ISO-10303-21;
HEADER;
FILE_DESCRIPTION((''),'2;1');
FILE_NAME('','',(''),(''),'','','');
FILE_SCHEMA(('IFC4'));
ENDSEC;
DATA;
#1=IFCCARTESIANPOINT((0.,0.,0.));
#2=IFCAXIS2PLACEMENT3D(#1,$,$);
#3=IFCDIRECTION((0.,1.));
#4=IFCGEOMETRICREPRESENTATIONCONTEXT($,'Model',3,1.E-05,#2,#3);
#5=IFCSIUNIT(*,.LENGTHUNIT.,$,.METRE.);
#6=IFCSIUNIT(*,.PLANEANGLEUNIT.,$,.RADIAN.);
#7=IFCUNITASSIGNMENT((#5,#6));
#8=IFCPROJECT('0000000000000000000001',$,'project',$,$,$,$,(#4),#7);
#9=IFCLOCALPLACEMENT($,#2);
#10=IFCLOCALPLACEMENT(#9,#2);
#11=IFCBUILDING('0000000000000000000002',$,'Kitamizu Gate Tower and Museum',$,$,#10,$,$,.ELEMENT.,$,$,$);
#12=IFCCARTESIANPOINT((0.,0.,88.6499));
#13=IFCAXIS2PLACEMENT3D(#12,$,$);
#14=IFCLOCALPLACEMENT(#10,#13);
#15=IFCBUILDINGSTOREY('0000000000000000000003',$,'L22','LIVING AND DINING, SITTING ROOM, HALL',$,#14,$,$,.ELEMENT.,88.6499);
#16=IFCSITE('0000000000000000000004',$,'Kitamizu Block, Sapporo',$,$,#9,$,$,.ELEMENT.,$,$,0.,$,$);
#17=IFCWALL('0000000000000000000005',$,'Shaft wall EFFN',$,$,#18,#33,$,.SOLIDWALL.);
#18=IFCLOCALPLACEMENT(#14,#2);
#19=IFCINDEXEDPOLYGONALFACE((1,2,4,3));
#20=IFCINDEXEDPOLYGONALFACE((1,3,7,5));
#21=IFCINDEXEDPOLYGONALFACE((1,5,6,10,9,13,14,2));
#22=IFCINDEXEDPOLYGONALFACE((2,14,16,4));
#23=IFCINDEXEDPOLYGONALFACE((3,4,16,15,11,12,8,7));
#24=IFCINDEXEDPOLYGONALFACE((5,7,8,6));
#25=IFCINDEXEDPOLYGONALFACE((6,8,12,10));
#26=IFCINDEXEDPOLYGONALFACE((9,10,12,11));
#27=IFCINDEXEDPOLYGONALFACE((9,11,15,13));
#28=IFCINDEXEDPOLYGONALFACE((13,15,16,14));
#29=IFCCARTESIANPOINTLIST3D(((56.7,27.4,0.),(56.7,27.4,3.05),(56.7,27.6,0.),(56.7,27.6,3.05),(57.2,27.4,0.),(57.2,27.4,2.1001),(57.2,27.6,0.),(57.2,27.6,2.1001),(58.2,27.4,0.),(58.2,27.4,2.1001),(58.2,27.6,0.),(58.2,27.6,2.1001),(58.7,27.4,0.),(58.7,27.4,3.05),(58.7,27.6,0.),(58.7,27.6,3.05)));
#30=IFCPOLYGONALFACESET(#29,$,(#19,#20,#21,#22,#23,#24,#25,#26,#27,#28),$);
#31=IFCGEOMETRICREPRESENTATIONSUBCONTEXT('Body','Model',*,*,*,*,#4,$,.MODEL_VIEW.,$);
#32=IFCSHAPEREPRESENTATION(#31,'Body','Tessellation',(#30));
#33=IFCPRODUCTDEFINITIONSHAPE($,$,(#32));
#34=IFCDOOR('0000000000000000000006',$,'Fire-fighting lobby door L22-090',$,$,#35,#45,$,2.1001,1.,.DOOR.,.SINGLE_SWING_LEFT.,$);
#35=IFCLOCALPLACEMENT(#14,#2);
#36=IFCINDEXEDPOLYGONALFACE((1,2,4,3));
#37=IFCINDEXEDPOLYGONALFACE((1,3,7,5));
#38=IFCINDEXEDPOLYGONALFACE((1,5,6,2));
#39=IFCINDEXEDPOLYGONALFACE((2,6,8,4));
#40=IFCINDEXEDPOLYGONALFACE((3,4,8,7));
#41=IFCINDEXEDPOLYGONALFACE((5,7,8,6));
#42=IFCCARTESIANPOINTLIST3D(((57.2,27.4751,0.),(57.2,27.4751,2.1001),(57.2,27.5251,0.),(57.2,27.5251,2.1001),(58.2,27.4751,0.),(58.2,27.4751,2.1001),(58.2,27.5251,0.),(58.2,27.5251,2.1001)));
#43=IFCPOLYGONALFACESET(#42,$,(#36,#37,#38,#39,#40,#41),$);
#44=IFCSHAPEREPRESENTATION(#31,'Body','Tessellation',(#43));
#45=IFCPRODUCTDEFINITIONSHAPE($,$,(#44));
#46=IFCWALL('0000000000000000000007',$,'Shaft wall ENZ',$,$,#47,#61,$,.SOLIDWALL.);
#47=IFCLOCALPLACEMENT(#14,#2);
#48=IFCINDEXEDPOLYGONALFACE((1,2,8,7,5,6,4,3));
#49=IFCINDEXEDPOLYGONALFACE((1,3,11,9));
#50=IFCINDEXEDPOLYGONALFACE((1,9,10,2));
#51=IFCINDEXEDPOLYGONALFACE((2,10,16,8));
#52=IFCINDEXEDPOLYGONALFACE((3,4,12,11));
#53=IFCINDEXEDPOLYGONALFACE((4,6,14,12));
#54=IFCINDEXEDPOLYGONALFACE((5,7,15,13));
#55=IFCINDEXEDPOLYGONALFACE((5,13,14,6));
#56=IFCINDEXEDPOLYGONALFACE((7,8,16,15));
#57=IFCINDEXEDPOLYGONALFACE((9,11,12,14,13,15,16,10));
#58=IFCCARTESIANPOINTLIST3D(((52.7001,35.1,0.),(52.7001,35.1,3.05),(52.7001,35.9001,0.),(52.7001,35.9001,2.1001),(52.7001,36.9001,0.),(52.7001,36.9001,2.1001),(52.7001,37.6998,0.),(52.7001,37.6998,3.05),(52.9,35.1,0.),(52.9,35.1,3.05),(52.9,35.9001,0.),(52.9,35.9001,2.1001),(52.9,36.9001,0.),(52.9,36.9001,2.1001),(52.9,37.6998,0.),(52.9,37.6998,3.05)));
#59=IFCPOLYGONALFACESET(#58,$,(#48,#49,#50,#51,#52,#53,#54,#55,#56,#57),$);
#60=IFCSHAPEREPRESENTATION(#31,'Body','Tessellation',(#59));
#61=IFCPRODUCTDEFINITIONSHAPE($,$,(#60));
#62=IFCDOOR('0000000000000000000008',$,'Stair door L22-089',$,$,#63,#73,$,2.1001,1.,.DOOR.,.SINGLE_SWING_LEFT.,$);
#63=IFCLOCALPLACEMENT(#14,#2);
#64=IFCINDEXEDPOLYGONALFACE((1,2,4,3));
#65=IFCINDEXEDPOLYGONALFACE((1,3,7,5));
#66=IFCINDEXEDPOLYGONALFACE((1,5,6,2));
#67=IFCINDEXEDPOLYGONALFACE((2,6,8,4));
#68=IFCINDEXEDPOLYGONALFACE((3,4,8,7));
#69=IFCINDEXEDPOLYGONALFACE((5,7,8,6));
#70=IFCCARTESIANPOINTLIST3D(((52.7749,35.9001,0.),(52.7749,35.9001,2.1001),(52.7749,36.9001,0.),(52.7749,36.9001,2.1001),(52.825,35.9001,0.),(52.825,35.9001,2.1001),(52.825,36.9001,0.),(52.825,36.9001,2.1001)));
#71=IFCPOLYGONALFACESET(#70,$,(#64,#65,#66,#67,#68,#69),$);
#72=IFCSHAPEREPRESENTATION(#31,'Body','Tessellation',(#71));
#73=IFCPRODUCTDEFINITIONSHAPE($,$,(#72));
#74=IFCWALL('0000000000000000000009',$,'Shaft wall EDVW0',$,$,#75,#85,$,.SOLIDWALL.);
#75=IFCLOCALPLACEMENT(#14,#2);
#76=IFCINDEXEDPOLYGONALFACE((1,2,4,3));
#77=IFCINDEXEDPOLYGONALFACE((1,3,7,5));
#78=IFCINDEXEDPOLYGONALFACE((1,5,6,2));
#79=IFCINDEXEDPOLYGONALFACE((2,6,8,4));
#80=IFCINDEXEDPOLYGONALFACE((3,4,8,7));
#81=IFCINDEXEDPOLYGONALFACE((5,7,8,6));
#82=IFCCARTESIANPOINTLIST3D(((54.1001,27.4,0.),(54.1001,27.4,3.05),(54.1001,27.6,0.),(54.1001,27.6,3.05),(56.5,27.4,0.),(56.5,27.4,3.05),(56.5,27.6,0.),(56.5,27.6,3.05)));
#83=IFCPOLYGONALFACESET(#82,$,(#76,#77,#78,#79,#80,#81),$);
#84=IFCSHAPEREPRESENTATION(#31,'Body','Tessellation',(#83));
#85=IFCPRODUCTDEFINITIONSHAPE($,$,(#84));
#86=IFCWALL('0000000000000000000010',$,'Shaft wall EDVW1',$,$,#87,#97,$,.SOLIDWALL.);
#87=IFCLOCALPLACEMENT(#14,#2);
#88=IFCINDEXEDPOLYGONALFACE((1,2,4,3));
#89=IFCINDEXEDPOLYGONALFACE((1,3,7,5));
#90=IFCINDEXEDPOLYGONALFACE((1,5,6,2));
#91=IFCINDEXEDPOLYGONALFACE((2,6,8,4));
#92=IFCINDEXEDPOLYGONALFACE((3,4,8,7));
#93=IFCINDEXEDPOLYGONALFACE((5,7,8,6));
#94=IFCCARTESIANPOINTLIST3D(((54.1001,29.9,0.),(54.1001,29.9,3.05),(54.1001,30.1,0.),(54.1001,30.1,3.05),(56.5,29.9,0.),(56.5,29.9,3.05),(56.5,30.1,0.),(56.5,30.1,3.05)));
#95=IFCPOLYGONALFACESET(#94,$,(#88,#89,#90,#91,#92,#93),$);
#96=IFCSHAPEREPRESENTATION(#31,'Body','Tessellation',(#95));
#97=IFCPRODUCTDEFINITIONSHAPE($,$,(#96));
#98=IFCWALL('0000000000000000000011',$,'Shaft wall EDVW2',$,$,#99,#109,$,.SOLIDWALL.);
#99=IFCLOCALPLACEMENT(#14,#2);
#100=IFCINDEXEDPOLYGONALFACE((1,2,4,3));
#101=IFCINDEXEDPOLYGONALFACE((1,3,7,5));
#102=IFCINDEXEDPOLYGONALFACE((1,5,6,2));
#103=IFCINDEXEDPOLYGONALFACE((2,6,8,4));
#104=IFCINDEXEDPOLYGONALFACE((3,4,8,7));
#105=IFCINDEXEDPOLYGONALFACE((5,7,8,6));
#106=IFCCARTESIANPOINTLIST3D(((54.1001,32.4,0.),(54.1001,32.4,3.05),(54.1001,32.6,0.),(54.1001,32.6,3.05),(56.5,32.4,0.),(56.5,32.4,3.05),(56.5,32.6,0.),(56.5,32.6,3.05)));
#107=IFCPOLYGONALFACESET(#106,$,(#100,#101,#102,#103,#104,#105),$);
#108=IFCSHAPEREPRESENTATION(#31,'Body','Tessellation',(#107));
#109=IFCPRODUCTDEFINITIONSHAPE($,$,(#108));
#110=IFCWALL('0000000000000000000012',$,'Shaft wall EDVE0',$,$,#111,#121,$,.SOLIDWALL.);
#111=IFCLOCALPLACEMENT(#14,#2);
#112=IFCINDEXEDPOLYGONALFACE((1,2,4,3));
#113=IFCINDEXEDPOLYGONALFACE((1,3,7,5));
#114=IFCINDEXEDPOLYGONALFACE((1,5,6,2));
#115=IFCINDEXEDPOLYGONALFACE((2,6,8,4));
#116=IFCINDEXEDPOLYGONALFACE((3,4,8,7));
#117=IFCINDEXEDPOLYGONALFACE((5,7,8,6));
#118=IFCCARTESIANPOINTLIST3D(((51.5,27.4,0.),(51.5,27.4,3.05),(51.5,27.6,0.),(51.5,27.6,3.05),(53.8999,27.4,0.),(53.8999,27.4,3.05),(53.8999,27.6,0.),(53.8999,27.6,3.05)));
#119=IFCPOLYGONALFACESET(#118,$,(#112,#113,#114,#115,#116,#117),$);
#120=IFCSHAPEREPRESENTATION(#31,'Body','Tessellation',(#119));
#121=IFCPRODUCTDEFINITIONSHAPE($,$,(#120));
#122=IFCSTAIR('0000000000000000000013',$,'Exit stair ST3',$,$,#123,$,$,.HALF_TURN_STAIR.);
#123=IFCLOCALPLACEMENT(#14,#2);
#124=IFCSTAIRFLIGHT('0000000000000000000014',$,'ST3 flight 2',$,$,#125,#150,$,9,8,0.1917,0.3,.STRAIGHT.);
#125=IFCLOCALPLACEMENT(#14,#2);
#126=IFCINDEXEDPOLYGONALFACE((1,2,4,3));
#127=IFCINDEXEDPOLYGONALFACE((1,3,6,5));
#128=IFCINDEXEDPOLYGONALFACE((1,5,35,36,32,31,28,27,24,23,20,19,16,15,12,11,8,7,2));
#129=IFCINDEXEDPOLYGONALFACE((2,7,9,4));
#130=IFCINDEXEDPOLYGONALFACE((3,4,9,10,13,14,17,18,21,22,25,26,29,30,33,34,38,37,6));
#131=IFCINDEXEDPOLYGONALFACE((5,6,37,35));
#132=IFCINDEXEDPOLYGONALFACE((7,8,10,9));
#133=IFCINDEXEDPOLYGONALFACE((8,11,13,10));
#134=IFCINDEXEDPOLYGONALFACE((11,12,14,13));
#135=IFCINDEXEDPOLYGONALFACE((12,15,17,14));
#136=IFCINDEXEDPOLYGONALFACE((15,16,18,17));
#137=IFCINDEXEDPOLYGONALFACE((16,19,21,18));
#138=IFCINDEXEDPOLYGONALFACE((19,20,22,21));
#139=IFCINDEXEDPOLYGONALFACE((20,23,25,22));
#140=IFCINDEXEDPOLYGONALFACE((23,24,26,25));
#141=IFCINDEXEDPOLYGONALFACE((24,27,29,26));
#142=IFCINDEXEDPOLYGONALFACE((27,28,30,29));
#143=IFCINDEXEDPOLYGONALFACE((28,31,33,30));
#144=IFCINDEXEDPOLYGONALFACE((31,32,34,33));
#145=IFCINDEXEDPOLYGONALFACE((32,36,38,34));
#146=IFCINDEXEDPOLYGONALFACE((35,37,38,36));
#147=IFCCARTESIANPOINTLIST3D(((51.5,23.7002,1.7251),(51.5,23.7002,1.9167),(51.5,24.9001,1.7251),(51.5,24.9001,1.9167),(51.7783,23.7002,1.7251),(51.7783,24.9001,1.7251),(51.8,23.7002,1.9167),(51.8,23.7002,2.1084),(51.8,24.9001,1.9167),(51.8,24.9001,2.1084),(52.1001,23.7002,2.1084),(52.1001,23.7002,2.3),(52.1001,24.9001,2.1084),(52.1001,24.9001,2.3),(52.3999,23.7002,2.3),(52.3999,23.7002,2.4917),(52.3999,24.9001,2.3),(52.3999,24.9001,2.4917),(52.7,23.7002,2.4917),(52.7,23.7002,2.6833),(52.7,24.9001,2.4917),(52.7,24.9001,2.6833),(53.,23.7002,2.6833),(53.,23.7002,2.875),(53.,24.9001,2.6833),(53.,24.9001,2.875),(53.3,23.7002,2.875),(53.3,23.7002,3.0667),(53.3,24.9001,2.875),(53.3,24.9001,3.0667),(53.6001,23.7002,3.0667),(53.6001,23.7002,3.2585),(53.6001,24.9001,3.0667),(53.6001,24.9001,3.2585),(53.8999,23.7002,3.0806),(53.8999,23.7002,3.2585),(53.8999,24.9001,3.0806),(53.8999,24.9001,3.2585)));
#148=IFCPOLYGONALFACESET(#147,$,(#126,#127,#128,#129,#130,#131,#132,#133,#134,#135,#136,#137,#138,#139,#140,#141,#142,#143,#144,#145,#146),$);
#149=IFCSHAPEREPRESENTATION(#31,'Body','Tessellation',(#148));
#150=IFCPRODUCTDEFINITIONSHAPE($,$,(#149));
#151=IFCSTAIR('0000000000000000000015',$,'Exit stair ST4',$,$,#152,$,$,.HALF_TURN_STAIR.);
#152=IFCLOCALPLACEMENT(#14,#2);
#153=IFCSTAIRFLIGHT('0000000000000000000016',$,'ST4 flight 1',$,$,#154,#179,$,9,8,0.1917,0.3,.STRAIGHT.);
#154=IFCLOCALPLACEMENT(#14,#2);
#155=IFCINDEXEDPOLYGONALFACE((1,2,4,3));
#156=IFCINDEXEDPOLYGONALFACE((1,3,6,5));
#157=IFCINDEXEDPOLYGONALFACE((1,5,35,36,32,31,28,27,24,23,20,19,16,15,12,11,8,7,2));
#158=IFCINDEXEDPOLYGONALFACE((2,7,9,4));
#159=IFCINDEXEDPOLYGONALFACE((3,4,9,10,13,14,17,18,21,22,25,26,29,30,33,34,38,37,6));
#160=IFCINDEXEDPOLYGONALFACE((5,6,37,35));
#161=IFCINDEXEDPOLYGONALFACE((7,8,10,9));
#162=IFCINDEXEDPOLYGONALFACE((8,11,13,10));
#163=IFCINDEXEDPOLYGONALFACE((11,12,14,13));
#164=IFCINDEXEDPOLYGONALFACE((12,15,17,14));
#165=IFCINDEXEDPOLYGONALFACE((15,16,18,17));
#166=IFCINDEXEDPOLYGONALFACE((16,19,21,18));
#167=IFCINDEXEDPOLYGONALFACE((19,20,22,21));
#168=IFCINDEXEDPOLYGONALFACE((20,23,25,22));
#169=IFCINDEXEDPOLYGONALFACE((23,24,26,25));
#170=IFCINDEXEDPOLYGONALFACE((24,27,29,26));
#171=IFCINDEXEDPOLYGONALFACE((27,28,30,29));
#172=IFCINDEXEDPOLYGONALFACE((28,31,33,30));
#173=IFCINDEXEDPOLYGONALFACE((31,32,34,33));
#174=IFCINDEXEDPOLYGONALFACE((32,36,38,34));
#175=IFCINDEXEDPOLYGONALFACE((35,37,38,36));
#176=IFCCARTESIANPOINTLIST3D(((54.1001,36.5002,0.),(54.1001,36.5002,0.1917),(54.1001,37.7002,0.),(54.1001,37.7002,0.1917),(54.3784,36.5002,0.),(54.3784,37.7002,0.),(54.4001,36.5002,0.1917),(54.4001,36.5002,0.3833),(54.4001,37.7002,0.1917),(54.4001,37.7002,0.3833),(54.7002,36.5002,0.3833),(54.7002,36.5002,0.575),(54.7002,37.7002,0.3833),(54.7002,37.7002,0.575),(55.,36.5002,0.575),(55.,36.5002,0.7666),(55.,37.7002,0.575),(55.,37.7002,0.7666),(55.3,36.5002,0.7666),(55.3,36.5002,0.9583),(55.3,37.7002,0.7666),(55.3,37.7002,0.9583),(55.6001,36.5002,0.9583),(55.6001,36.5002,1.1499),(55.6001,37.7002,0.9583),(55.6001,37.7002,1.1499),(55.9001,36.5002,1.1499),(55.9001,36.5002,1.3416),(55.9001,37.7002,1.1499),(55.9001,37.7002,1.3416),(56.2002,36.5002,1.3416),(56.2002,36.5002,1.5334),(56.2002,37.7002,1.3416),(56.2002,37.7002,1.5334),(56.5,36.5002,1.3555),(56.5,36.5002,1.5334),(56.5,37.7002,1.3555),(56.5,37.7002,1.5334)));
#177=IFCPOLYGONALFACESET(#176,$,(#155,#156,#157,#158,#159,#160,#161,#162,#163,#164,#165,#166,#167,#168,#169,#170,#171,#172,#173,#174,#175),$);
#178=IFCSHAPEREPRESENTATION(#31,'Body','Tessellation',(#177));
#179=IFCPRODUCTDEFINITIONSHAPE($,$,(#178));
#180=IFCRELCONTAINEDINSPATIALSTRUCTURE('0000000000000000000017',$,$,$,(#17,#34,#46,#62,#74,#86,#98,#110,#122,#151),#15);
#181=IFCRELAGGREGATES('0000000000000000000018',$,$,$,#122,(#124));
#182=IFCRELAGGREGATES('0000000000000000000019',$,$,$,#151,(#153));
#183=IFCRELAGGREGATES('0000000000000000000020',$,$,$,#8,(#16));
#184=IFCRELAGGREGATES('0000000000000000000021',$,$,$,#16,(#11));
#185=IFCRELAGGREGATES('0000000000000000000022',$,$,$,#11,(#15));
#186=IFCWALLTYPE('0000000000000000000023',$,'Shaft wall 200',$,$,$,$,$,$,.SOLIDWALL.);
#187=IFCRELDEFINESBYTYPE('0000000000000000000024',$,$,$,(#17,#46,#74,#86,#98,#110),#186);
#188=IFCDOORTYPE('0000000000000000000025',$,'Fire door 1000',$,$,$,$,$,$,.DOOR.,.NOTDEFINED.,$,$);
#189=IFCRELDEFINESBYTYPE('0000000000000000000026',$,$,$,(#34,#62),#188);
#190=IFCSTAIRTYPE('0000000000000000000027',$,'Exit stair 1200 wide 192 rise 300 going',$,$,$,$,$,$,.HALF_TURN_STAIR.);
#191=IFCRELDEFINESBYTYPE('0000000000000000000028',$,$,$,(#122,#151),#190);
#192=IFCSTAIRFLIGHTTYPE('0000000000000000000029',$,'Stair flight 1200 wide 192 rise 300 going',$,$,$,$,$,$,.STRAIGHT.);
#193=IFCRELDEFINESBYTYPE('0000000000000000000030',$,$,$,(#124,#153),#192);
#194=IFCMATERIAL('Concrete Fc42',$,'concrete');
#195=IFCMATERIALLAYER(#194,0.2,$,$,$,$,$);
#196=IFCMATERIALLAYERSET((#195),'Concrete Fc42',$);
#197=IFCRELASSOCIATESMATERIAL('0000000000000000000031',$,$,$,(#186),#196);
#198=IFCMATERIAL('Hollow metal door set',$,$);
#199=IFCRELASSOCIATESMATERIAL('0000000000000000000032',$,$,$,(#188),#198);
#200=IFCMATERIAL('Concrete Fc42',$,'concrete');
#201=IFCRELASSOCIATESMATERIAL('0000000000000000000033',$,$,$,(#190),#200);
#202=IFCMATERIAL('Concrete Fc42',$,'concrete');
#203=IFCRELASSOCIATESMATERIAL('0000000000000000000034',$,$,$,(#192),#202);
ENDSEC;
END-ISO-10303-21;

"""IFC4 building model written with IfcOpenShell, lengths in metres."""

from ifc_helpers import new_model, si_unit, direction, frame, frame_2d, origin, place, context, subcontext, project, spatial, polyline, rectangle, outline, extrude, material, layer, layer_set, type_object, element, fill, aggregate, save


model = new_model("IFC4")

# Units and contexts
model_context = context("Model", 3, precision=1e-05, world=origin(), true_north=direction((0.0, 1.0)))
body_context = subcontext(model_context, "Body", "Model", "MODEL_VIEW")
ifc_project = project(units=[si_unit("LENGTHUNIT", "METRE"), si_unit("PLANEANGLEUNIT", "RADIAN")], contexts=[model_context])

# Site, building, storey
site_placement = place(None, origin())
site = spatial("IfcSite", under=ifc_project, at=site_placement, Name="Kitamizu Block, Sapporo", CompositionType="ELEMENT", RefElevation=0.0)
building_placement = place(site_placement, origin())
building = spatial("IfcBuilding", under=site, at=building_placement, Name="Kitamizu Gate Tower and Museum", CompositionType="ELEMENT")
storey_placement = place(building_placement, frame((0.0, 0.0, 88.6499)))
storey = spatial("IfcBuildingStorey", under=building, at=storey_placement, Name="L22", Description="LIVING AND DINING, SITTING ROOM, HALL", CompositionType="ELEMENT", Elevation=88.6499)

# Shared definitions
ifc_material_1 = material(Name="Concrete Fc42", Category="concrete")
ifc_layer_1 = layer(ifc_material_1, 0.2)
ifc_layer_set_1 = layer_set([ifc_layer_1], Name="Concrete Fc42")
wall_type_1 = type_object("IfcWallType", Name="Shaft wall 200", PredefinedType="SOLIDWALL", material=ifc_layer_set_1)
ifc_material_2 = material(Name="Hollow metal door set")
door_type_1 = type_object("IfcDoorType", Name="Fire door 1000", OperationType="NOTDEFINED", PredefinedType="DOOR", material=ifc_material_2)

# Walls, openings, doors
wall_1_placement = place(storey_placement, frame((58.7, 27.5, 0.0), z_axis=(0.0, 0.0, 1.0), x_axis=(-1.0, 0.0, 0.0)))
wall_1 = element("IfcWall", 1, at=wall_1_placement, inside=storey, type_object=wall_type_1, Name="Shaft wall EFFN", PredefinedType="SOLIDWALL", context=body_context, shape_type="SweptSolid", body=[
    extrude(rectangle(XDim=2.0, YDim=0.2, at=frame_2d((1.0, 0.0))), origin(), (0.0, 0.0, 1.0), 3.05),
])
opening_1_placement = place(wall_1_placement, frame((0.5, 0.0, 0.0)))
opening_1 = element("IfcOpeningElement", 2, at=opening_1_placement, cuts=wall_1, PredefinedType="OPENING", context=body_context, shape_type="SweptSolid", body=[
    extrude(rectangle(XDim=1.0, YDim=2.1001, at=frame_2d((0.5, 1.05))), frame((0.0, 0.1099, 0.0), z_axis=(0.0, -1.0, 0.0), x_axis=(1.0, 0.0, 0.0)), (0.0, 0.0, 1.0), 0.22),
])
door_1_placement = place(opening_1_placement, origin())
door_1 = element("IfcDoor", 3, at=door_1_placement, inside=storey, type_object=door_type_1, Name="Fire-fighting lobby door L22-090", OperationType="SINGLE_SWING_LEFT", OverallHeight=2.1001, OverallWidth=1.0, PredefinedType="DOOR", context=body_context, shape_type="SweptSolid", body=[
    extrude(rectangle(XDim=1.0, YDim=2.1001, at=frame_2d((0.5, 1.05))), frame((0.0, 0.0249, 0.0), z_axis=(0.0, -1.0, 0.0), x_axis=(1.0, 0.0, 0.0)), (0.0, 0.0, 1.0), 0.05),
])
fill(opening_1, door_1)
wall_2_placement = place(storey_placement, frame((52.8, 35.1001, 0.0), z_axis=(0.0, 0.0, 1.0), x_axis=(0.0, 1.0, 0.0)))
wall_2 = element("IfcWall", 4, at=wall_2_placement, inside=storey, type_object=wall_type_1, Name="Shaft wall ENZ", PredefinedType="SOLIDWALL", context=body_context, shape_type="SweptSolid", body=[
    extrude(rectangle(XDim=2.5999, YDim=0.2, at=frame_2d((1.2998, 0.0))), origin(), (0.0, 0.0, 1.0), 3.05),
])
opening_2_placement = place(wall_2_placement, frame((0.8, 0.0, 0.0)))
opening_2 = element("IfcOpeningElement", 5, at=opening_2_placement, cuts=wall_2, PredefinedType="OPENING", context=body_context, shape_type="SweptSolid", body=[
    extrude(rectangle(XDim=1.0, YDim=2.1001, at=frame_2d((0.5, 1.05))), frame((0.0, 0.1099, 0.0), z_axis=(0.0, -1.0, 0.0), x_axis=(1.0, 0.0, 0.0)), (0.0, 0.0, 1.0), 0.22),
])
door_2_placement = place(opening_2_placement, frame((1.0, 0.0, 0.0), x_axis=(-1.0, 0.0, 0.0)))
door_2 = element("IfcDoor", 6, at=door_2_placement, inside=storey, type_object=door_type_1, Name="Stair door L22-089", OperationType="SINGLE_SWING_LEFT", OverallHeight=2.1001, OverallWidth=1.0, PredefinedType="DOOR", context=body_context, shape_type="SweptSolid", body=[
    extrude(rectangle(XDim=1.0, YDim=2.1001, at=frame_2d((0.5, 1.05))), frame((0.0, 0.0249, 0.0), z_axis=(0.0, -1.0, 0.0), x_axis=(1.0, 0.0, 0.0)), (0.0, 0.0, 1.0), 0.05),
])
fill(opening_2, door_2)

# Walls
for number, where, z_axis, x_axis, name in (
    (7, (56.5, 27.5, 0.0), (0.0, 0.0, 1.0), (-1.0, 0.0, 0.0), "Shaft wall EDVW0"),
    (8, (56.5, 30.0, 0.0), (0.0, 0.0, 1.0), (-1.0, 0.0, 0.0), "Shaft wall EDVW1"),
    (9, (56.5, 32.5, 0.0), (0.0, 0.0, 1.0), (-1.0, 0.0, 0.0), "Shaft wall EDVW2"),
    (10, (53.8999, 27.5, 0.0), (0.0, 0.0, 1.0), (-1.0, 0.0, 0.0), "Shaft wall EDVE0"),
):
    element("IfcWall", number, at=place(storey_placement, frame(where, z_axis=z_axis, x_axis=x_axis)), inside=storey, type_object=wall_type_1, Name=name, PredefinedType="SOLIDWALL", context=body_context, shape_type="SweptSolid", body=[
        extrude(rectangle(XDim=2.3999, YDim=0.2, at=frame_2d((1.2, 0.0))), origin(), (0.0, 0.0, 1.0), 3.05),
    ])

# Stair, stair flight
ifc_material_3 = material(Name="Concrete Fc42", Category="concrete")
stair_type = type_object("IfcStairType", Name="Exit stair 1200 wide 192 rise 300 going", PredefinedType="HALF_TURN_STAIR", material=ifc_material_3)
stair_1_placement = place(storey_placement, origin())
stair_1 = element("IfcStair", 11, at=stair_1_placement, inside=storey, type_object=stair_type, Name="Exit stair ST3", PredefinedType="HALF_TURN_STAIR")
ifc_material_4 = material(Name="Concrete Fc42", Category="concrete")
stair_flight_type = type_object("IfcStairFlightType", Name="Stair flight 1200 wide 192 rise 300 going", PredefinedType="STRAIGHT", material=ifc_material_4)
stair_flight_1_placement = place(storey_placement, frame((51.5, 24.3, 1.7251), z_axis=(0.0, 0.0, 1.0), x_axis=(1.0, 0.0, 0.0)))
stair_flight_1 = element("IfcStairFlight", 12, at=stair_flight_1_placement, type_object=stair_flight_type, Name="ST3 flight 2", NumberOfRisers=9, NumberOfTreads=8, PredefinedType="STRAIGHT", RiserHeight=0.1917, TreadLength=0.3, context=body_context, shape_type="SweptSolid", body=[
    extrude(outline(polyline([(0.0, 0.0), (0.0, 0.1917), (0.3, 0.1917), (0.3, 0.3833), (0.6001, 0.3833), (0.6001, 0.575), (0.8999, 0.575), (0.8999, 0.7666), (1.2, 0.7666), (1.2, 0.9583), (1.5, 0.9583), (1.5, 1.1499), (1.8, 1.1499), (1.8, 1.3416), (2.1001, 1.3416), (2.1001, 1.5334), (2.3999, 1.5334), (2.3999, 1.7251), (2.3999, 1.3555), (0.2783, 0.0), (0.0, 0.0)])), frame((0.0, 0.6001, 0.0), z_axis=(0.0, -1.0, 0.0), x_axis=(1.0, 0.0, 0.0)), (0.0, 0.0, 1.0), 1.2),
])
aggregate(stair_1, [stair_flight_1])

# Stair, stair flight
stair_2_placement = place(storey_placement, origin())
stair_2 = element("IfcStair", 13, at=stair_2_placement, inside=storey, type_object=stair_type, Name="Exit stair ST4", PredefinedType="HALF_TURN_STAIR")
stair_flight_2_placement = place(storey_placement, frame((54.1001, 37.1001, 0.0), z_axis=(0.0, 0.0, 1.0), x_axis=(1.0, 0.0, 0.0)))
stair_flight_2 = element("IfcStairFlight", 14, at=stair_flight_2_placement, type_object=stair_flight_type, Name="ST4 flight 1", NumberOfRisers=9, NumberOfTreads=8, PredefinedType="STRAIGHT", RiserHeight=0.1917, TreadLength=0.3, context=body_context, shape_type="SweptSolid", body=[
    extrude(outline(polyline([(0.0, 0.0), (0.0, 0.1917), (0.3, 0.1917), (0.3, 0.3833), (0.6001, 0.3833), (0.6001, 0.575), (0.8999, 0.575), (0.8999, 0.7666), (1.2, 0.7666), (1.2, 0.9583), (1.5, 0.9583), (1.5, 1.1499), (1.8, 1.1499), (1.8, 1.3416), (2.1001, 1.3416), (2.1001, 1.5334), (2.3999, 1.5334), (2.3999, 1.7251), (2.3999, 1.3555), (0.2783, 0.0), (0.0, 0.0)])), frame((0.0, 0.6001, 0.0), z_axis=(0.0, -1.0, 0.0), x_axis=(1.0, 0.0, 0.0)), (0.0, 0.0, 1.0), 1.2),
])
aggregate(stair_2, [stair_flight_2])

save(model, "model.ifc")
